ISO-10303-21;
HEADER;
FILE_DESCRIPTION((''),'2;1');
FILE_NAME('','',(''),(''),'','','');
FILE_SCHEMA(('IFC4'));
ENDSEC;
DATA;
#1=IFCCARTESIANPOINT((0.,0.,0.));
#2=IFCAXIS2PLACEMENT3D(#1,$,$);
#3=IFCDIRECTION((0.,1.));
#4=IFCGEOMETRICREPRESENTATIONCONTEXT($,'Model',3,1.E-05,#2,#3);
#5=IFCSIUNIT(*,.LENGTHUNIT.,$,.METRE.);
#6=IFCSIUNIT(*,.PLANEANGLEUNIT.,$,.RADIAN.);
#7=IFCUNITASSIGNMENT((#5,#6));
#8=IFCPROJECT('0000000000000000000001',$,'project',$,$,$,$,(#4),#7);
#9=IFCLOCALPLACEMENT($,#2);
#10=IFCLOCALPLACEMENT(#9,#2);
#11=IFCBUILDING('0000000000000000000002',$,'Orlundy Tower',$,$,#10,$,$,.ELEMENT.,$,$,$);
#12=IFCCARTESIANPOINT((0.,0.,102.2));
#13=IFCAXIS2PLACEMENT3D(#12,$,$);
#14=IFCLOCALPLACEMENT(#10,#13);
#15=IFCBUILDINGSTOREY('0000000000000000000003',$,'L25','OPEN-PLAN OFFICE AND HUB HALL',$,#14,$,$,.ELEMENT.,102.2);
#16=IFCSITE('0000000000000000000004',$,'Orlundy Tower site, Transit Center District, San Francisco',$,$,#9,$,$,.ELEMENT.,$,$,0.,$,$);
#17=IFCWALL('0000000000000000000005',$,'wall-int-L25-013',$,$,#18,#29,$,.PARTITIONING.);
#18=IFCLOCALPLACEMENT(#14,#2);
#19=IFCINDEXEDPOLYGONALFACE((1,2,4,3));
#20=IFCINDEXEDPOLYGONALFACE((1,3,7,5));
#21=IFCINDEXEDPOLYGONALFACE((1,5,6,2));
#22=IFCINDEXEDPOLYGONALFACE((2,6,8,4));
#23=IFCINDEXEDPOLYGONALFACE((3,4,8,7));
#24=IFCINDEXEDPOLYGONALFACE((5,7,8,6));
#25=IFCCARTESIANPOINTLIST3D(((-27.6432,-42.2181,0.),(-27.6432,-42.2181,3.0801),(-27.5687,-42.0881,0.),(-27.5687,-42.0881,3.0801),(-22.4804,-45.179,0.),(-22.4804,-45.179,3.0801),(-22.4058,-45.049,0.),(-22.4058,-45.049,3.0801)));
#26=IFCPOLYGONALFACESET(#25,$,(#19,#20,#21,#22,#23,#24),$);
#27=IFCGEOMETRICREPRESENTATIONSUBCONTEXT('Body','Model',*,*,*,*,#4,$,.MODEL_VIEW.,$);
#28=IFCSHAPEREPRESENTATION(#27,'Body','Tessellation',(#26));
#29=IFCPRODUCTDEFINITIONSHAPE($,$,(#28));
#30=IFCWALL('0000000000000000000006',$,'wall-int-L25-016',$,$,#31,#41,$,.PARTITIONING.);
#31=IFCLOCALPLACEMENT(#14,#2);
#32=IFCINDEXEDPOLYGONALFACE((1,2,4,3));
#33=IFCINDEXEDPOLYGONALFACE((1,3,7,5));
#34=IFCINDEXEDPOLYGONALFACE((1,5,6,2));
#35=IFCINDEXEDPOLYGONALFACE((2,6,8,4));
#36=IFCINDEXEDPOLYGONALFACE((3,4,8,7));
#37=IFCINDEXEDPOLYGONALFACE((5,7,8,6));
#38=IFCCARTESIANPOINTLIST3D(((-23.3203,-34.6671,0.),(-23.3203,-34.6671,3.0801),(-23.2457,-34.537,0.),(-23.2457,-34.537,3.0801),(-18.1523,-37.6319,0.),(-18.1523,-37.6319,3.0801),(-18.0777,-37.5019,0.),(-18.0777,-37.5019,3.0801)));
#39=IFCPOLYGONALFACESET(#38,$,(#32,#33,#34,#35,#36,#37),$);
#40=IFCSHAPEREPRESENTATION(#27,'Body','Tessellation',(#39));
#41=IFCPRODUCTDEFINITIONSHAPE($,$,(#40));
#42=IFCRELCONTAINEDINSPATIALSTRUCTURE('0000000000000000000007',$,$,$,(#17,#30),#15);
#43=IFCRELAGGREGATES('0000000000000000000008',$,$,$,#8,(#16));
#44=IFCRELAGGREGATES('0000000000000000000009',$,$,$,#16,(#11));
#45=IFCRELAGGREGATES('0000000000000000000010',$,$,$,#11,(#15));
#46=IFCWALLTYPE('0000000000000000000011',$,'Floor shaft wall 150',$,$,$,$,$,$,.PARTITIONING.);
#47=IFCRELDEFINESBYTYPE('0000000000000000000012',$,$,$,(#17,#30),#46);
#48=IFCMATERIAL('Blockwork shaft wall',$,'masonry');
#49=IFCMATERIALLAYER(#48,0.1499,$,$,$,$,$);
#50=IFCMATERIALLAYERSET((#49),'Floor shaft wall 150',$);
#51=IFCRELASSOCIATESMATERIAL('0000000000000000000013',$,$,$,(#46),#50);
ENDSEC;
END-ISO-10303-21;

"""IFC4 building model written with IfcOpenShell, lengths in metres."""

from ifc_helpers import new_model, si_unit, direction, frame, frame_2d, origin, place, context, subcontext, project, spatial, rectangle, extrude, material, layer, layer_set, type_object, element, save


model = new_model("IFC4")

# Units and contexts
model_context = context("Model", 3, precision=1e-05, world=origin(), true_north=direction((0.0, 1.0)))
body_context = subcontext(model_context, "Body", "Model", "MODEL_VIEW")
ifc_project = project(units=[si_unit("LENGTHUNIT", "METRE"), si_unit("PLANEANGLEUNIT", "RADIAN")], contexts=[model_context])

# Site, building, storey
site_placement = place(None, origin())
site = spatial("IfcSite", under=ifc_project, at=site_placement, Name="Orlundy Tower site, Transit Center District, San Francisco", CompositionType="ELEMENT", RefElevation=0.0)
building_placement = place(site_placement, origin())
building = spatial("IfcBuilding", under=site, at=building_placement, Name="Orlundy Tower", CompositionType="ELEMENT")
storey_placement = place(building_placement, frame((0.0, 0.0, 102.2)))
storey = spatial("IfcBuildingStorey", under=building, at=storey_placement, Name="L25", Description="OPEN-PLAN OFFICE AND HUB HALL", CompositionType="ELEMENT", Elevation=102.2)

# Walls
ifc_material_1 = material(Name="Blockwork shaft wall", Category="masonry")
ifc_layer_1 = layer(ifc_material_1, 0.1499)
ifc_layer_set_1 = layer_set([ifc_layer_1], Name="Floor shaft wall 150")
wall_type_1 = type_object("IfcWallType", Name="Floor shaft wall 150", PredefinedType="PARTITIONING", material=ifc_layer_set_1)
wall_1_placement = place(storey_placement, frame((-27.606, -42.1531, 0.0), z_axis=(0.0, 0.0, 1.0), x_axis=(0.867465, -0.497499, 0.0)))
element("IfcWall", 1, at=wall_1_placement, inside=storey, type_object=wall_type_1, Name="wall-int-L25-013", PredefinedType="PARTITIONING", context=body_context, shape_type="SweptSolid", body=[
    extrude(rectangle(XDim=5.9517, YDim=0.1499, at=frame_2d((2.9758, 0.0))), origin(), (0.0, 0.0, 1.0), 3.0801),
])
wall_2_placement = place(storey_placement, frame((-23.283, -34.6021, 0.0), z_axis=(0.0, 0.0, 1.0), x_axis=(0.867395, -0.497621, 0.0)))
element("IfcWall", 2, at=wall_2_placement, inside=storey, type_object=wall_type_1, Name="wall-int-L25-016", PredefinedType="PARTITIONING", context=body_context, shape_type="SweptSolid", body=[
    extrude(rectangle(XDim=5.958, YDim=0.1499, at=frame_2d((2.979, 0.0))), origin(), (0.0, 0.0, 1.0), 3.0801),
])

save(model, "model.ifc")
